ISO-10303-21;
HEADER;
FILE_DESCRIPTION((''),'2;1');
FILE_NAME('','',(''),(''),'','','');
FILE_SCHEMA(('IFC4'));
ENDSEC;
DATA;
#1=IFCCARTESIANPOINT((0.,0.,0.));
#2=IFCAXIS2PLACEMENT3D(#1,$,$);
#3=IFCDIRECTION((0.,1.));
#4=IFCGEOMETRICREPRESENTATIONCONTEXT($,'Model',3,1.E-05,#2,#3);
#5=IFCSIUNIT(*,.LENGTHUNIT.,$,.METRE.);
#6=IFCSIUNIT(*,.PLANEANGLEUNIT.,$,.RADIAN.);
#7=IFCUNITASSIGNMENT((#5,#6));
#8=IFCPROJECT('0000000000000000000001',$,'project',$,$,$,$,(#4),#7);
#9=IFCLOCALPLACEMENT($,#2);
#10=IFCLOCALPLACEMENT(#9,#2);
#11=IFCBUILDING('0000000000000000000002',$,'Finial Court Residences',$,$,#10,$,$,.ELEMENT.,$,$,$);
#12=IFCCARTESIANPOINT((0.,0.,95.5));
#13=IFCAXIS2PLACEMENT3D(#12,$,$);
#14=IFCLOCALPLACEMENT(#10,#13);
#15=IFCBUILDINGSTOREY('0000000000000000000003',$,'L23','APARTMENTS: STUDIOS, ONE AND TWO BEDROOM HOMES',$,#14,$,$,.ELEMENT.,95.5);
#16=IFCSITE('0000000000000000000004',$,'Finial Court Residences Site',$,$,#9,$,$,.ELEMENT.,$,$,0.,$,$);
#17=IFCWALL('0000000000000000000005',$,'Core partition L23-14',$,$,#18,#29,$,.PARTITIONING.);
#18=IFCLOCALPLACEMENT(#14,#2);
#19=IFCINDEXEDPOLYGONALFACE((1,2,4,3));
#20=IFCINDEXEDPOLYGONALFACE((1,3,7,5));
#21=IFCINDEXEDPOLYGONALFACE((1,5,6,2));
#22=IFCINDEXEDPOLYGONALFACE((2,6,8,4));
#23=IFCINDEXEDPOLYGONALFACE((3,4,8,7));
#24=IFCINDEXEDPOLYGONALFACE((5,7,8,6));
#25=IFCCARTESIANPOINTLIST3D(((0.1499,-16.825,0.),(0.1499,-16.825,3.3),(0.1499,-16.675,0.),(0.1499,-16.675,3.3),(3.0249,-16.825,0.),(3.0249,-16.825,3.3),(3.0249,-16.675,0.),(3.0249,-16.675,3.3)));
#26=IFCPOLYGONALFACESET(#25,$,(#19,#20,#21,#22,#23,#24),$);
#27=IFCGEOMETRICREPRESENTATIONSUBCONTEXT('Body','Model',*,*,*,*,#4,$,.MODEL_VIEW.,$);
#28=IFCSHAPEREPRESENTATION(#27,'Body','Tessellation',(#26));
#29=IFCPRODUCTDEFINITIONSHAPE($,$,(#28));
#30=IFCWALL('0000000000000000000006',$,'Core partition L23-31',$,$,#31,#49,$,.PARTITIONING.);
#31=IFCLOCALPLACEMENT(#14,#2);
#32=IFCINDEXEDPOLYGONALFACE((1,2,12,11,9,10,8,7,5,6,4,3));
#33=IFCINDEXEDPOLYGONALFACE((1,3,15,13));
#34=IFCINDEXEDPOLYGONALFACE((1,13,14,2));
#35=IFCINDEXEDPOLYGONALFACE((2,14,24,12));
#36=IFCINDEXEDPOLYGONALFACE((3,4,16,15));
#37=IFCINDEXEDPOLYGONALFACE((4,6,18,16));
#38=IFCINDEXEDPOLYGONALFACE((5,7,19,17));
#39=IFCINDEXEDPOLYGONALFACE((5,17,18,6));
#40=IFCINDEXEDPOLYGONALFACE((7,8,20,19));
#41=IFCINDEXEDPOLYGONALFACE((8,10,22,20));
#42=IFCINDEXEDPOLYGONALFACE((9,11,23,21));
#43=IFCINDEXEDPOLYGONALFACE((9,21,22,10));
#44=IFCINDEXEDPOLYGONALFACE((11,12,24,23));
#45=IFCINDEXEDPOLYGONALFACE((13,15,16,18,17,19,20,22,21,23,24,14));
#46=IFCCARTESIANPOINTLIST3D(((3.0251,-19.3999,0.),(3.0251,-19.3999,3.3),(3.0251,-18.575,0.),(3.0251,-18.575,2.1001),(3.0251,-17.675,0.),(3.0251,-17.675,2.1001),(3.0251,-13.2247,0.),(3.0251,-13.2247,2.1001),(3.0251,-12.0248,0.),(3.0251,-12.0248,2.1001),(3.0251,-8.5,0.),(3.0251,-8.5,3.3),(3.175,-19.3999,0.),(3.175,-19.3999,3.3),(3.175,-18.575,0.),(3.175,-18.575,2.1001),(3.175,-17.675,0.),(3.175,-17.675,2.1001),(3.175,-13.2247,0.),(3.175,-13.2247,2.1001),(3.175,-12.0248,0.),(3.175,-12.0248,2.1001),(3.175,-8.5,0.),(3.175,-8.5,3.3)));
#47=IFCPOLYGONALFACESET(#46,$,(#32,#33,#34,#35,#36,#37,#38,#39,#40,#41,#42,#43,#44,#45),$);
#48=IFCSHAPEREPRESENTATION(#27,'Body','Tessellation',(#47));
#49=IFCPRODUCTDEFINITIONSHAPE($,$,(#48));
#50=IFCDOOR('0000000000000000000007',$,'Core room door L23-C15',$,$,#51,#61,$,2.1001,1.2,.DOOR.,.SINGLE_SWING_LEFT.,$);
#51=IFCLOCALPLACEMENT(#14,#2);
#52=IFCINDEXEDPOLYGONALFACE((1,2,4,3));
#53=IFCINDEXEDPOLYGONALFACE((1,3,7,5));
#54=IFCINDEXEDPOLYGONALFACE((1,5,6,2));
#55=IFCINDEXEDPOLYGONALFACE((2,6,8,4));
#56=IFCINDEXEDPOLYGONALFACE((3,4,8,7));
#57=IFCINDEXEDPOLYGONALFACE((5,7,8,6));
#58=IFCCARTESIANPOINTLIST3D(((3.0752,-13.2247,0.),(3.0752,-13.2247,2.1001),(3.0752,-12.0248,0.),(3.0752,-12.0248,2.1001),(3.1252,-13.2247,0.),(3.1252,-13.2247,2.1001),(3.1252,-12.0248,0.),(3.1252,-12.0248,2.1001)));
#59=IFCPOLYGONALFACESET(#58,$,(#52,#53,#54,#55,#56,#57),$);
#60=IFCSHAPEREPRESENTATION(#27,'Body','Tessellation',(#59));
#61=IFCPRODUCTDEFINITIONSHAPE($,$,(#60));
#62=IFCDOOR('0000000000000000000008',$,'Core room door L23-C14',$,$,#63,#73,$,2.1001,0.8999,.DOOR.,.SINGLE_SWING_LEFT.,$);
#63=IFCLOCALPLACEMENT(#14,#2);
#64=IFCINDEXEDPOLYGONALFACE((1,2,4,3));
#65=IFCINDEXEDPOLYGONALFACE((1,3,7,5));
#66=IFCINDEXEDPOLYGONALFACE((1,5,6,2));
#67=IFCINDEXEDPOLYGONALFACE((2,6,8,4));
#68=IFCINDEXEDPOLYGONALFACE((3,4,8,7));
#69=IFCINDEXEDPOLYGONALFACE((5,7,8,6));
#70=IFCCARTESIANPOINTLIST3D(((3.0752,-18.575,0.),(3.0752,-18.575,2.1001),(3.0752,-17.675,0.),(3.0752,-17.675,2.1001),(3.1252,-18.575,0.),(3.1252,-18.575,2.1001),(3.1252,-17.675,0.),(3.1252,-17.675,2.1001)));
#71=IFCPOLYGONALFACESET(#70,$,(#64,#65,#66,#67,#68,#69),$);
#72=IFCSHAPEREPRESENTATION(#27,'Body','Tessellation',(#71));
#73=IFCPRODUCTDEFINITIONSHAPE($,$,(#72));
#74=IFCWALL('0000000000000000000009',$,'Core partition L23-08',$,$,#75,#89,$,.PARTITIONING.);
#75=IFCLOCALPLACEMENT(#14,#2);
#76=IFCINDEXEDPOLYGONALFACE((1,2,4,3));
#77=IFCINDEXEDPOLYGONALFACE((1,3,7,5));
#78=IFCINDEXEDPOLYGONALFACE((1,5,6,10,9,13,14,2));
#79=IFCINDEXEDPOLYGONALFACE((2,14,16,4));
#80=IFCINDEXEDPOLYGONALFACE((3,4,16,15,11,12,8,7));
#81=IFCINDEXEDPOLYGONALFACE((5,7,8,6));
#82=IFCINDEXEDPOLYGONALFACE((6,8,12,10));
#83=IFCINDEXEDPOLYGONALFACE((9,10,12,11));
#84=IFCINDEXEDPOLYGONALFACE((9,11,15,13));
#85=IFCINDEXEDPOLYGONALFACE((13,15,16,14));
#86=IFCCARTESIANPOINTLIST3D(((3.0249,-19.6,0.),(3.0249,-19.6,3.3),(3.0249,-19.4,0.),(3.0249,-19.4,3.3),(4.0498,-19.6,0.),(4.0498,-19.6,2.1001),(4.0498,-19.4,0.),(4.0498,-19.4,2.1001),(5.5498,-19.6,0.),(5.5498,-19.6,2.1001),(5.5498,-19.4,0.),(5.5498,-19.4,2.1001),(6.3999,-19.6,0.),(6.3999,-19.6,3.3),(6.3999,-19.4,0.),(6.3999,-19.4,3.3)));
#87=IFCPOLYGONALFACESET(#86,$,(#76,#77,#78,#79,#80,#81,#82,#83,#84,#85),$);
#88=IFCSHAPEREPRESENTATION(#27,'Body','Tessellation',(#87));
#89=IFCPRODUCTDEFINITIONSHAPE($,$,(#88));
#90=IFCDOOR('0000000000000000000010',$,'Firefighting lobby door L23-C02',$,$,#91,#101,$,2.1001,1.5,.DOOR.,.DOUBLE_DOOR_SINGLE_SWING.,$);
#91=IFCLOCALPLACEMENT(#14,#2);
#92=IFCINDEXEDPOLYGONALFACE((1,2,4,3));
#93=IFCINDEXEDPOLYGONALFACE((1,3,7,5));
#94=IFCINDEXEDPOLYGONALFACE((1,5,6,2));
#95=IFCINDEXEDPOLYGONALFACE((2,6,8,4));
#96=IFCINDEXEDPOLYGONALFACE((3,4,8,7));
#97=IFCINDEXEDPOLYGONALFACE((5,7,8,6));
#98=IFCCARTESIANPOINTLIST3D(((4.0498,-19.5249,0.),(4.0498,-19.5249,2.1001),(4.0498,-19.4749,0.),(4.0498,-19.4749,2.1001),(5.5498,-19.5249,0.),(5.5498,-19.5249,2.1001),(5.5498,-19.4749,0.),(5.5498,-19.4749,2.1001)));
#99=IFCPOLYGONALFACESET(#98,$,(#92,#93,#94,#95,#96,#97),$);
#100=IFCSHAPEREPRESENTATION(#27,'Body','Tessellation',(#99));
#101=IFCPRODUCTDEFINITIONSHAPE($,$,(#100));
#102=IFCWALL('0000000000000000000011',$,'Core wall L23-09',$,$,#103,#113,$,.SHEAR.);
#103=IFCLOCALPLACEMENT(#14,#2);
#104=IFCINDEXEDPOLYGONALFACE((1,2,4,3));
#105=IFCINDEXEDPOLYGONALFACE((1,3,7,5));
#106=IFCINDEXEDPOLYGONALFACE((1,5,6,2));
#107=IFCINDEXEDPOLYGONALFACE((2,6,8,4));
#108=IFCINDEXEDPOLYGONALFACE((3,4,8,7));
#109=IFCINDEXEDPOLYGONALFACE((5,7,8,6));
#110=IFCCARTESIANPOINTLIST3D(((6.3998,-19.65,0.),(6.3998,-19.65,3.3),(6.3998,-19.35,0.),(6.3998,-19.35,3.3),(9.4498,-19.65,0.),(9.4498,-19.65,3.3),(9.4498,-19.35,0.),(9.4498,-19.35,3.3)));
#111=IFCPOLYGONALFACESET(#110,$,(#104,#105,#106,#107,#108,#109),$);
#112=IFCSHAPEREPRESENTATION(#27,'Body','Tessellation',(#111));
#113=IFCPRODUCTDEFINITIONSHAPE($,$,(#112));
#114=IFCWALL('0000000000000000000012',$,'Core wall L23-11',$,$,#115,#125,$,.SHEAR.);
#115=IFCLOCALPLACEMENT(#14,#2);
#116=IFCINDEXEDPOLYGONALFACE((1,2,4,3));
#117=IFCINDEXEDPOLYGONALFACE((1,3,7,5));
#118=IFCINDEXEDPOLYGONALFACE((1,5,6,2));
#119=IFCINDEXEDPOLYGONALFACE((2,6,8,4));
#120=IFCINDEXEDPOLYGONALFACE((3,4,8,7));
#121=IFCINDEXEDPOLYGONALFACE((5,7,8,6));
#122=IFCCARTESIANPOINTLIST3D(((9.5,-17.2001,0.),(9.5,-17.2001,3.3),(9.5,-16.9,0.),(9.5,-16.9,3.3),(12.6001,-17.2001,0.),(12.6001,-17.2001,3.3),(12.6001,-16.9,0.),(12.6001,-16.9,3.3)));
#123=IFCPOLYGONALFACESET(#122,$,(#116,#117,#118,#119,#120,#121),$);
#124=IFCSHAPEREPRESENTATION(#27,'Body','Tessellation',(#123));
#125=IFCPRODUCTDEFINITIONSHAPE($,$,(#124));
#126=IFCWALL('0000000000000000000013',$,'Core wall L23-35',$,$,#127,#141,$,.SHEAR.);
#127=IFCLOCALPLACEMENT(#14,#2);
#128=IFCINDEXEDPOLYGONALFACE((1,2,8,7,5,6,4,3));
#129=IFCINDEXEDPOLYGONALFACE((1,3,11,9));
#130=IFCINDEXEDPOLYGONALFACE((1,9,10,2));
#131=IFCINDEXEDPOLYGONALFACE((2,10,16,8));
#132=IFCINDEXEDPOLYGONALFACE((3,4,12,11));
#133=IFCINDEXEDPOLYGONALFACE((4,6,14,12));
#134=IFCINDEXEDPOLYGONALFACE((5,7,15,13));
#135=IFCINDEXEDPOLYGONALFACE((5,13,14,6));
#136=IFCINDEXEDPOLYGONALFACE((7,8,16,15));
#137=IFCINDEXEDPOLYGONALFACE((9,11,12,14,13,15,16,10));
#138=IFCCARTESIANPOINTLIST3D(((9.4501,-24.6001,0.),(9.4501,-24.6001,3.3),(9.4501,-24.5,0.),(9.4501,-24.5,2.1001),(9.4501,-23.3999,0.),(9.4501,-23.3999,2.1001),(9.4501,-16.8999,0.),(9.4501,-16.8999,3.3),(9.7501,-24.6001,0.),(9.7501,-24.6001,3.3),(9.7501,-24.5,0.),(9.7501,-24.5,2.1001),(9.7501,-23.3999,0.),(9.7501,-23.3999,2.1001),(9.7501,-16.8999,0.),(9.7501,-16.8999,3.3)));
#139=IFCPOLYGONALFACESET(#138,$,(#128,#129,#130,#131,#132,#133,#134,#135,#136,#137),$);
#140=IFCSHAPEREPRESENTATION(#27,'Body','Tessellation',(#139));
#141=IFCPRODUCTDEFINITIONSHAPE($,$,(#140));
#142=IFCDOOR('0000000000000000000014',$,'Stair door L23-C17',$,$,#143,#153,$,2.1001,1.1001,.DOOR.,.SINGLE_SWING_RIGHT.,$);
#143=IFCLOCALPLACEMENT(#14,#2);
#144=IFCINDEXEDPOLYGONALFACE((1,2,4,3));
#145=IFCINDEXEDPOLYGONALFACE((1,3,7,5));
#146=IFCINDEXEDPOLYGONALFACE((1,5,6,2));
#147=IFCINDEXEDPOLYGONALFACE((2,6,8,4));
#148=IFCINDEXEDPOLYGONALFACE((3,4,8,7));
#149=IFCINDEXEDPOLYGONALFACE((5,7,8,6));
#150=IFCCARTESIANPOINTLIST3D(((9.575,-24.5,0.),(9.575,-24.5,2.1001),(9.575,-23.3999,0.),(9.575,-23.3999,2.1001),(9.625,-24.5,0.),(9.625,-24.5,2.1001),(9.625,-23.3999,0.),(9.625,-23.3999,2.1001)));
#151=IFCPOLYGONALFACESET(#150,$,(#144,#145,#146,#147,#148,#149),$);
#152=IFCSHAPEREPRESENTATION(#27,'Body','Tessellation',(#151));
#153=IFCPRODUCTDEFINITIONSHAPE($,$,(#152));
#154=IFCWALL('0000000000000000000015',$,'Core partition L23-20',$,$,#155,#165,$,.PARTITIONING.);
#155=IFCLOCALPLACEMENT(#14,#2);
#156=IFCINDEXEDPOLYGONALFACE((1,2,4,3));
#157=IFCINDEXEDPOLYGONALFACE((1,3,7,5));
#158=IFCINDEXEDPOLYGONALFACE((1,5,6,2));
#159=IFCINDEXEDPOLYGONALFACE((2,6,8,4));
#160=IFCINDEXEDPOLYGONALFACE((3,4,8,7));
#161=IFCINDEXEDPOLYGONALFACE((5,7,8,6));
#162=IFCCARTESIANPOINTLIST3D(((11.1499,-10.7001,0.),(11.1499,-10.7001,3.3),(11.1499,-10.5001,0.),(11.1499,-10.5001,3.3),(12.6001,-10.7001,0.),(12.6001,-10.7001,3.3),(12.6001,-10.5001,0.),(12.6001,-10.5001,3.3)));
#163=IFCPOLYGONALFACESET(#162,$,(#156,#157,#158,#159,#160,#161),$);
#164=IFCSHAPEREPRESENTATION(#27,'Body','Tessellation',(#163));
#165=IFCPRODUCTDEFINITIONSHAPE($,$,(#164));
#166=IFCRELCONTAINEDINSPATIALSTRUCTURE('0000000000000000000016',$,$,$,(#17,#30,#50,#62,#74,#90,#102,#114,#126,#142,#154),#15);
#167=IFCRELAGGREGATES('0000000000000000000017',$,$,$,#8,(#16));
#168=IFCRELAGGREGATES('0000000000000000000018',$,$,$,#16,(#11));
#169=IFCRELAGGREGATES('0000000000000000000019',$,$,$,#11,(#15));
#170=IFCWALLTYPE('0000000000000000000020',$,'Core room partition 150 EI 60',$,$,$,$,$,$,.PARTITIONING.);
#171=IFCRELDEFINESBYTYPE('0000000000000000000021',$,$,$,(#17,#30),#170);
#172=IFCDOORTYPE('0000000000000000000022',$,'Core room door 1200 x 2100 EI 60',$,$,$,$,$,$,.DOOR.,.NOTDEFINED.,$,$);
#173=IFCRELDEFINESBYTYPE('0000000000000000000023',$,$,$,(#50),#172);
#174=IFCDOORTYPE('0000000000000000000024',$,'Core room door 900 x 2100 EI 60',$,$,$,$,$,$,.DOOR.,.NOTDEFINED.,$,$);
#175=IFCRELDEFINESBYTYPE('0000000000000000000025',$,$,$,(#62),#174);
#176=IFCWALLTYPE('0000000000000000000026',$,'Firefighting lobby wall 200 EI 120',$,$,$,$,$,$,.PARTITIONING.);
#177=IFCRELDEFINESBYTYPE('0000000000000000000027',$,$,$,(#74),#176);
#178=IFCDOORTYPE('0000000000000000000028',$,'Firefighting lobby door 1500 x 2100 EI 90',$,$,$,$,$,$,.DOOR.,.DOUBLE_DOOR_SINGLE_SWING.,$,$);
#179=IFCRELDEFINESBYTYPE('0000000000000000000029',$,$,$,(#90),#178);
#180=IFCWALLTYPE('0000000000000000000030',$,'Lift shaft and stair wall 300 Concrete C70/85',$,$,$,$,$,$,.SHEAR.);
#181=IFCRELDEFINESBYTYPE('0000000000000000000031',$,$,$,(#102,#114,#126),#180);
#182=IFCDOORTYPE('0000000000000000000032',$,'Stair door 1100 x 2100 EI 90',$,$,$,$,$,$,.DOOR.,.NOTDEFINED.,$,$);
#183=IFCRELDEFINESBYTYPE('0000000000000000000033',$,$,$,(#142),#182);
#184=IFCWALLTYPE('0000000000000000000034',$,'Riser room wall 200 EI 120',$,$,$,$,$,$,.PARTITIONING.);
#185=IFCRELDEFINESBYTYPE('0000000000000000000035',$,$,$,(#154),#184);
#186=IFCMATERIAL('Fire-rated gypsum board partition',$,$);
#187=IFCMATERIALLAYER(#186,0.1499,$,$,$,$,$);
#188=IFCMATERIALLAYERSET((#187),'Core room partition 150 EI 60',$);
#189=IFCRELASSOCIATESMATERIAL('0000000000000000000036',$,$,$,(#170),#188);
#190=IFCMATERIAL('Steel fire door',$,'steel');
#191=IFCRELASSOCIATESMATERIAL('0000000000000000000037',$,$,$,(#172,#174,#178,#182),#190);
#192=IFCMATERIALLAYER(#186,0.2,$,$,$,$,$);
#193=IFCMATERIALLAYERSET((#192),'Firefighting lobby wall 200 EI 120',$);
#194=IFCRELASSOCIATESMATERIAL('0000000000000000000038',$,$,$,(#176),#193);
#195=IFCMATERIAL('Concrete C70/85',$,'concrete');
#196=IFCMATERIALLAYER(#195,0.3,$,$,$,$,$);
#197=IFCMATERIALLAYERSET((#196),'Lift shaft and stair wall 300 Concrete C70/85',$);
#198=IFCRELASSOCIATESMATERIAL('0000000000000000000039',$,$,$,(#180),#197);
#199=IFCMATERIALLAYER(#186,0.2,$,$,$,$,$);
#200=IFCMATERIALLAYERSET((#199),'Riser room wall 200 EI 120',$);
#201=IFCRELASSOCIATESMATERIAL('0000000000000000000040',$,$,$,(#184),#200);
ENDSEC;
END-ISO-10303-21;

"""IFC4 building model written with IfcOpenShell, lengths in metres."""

from ifc_helpers import new_model, si_unit, direction, frame, frame_2d, origin, place, context, subcontext, project, spatial, rectangle, extrude, material, layer, layer_set, type_object, element, fill, save


model = new_model("IFC4")

# Units and contexts
model_context = context("Model", 3, precision=1e-05, world=origin(), true_north=direction((0.0, 1.0)))
body_context = subcontext(model_context, "Body", "Model", "MODEL_VIEW")
ifc_project = project(units=[si_unit("LENGTHUNIT", "METRE"), si_unit("PLANEANGLEUNIT", "RADIAN")], contexts=[model_context])

# Site, building, storey
site_placement = place(None, origin())
site = spatial("IfcSite", under=ifc_project, at=site_placement, Name="Finial Court Residences Site", CompositionType="ELEMENT", RefElevation=0.0)
building_placement = place(site_placement, origin())
building = spatial("IfcBuilding", under=site, at=building_placement, Name="Finial Court Residences", CompositionType="ELEMENT")
storey_placement = place(building_placement, frame((0.0, 0.0, 95.5)))
storey = spatial("IfcBuildingStorey", under=building, at=storey_placement, Name="L23", Description="APARTMENTS: STUDIOS, ONE AND TWO BEDROOM HOMES", CompositionType="ELEMENT", Elevation=95.5)

# Wall
ifc_material_1 = material(Name="Fire-rated gypsum board partition")
ifc_layer_1 = layer(ifc_material_1, 0.1499)
ifc_layer_set_1 = layer_set([ifc_layer_1], Name="Core room partition 150 EI 60")
wall_type_1 = type_object("IfcWallType", Name="Core room partition 150 EI 60", PredefinedType="PARTITIONING", material=ifc_layer_set_1)
wall_1_placement = place(storey_placement, frame((0.1499, -16.75, 0.0), z_axis=(0.0, 0.0, 1.0), x_axis=(1.0, 0.0, 0.0)))
element("IfcWall", 1, at=wall_1_placement, inside=storey, type_object=wall_type_1, Name="Core partition L23-14", PredefinedType="PARTITIONING", context=body_context, shape_type="SweptSolid", body=[
    extrude(rectangle(XDim=2.875, YDim=0.1499, at=frame_2d((1.4375, 0.0))), origin(), (0.0, 0.0, 1.0), 3.3),
])

# Wall, openings, doors
wall_2_placement = place(storey_placement, frame((3.1001, -19.3999, 0.0), z_axis=(0.0, 0.0, 1.0), x_axis=(0.0, 1.0, 0.0)))
wall_2 = element("IfcWall", 2, at=wall_2_placement, inside=storey, type_object=wall_type_1, Name="Core partition L23-31", PredefinedType="PARTITIONING", context=body_context, shape_type="SweptSolid", body=[
    extrude(rectangle(XDim=10.8999, YDim=0.1499, at=frame_2d((5.45, 0.0))), origin(), (0.0, 0.0, 1.0), 3.3),
])
opening_1_placement = place(wall_2_placement, frame((0.825, 0.0, 0.0)))
opening_1 = element("IfcOpeningElement", 3, at=opening_1_placement, cuts=wall_2, PredefinedType="OPENING", context=body_context, shape_type="SweptSolid", body=[
    extrude(rectangle(XDim=0.8999, YDim=2.1001, at=frame_2d((0.45, 1.05))), frame((0.0, 0.085, 0.0), z_axis=(0.0, -1.0, 0.0), x_axis=(1.0, 0.0, 0.0)), (0.0, 0.0, 1.0), 0.1699),
])
opening_2_placement = place(wall_2_placement, frame((6.175, 0.0, 0.0)))
opening_2 = element("IfcOpeningElement", 4, at=opening_2_placement, cuts=wall_2, PredefinedType="OPENING", context=body_context, shape_type="SweptSolid", body=[
    extrude(rectangle(XDim=1.2, YDim=2.1001, at=frame_2d((0.6001, 1.05))), frame((0.0, 0.085, 0.0), z_axis=(0.0, -1.0, 0.0), x_axis=(1.0, 0.0, 0.0)), (0.0, 0.0, 1.0), 0.1699),
])
ifc_material_2 = material(Name="Steel fire door", Category="steel")
door_type_1 = type_object("IfcDoorType", Name="Core room door 1200 x 2100 EI 60", OperationType="NOTDEFINED", PredefinedType="DOOR", material=ifc_material_2)
door_1_placement = place(opening_2_placement, origin())
door_1 = element("IfcDoor", 5, at=door_1_placement, inside=storey, type_object=door_type_1, Name="Core room door L23-C15", OperationType="SINGLE_SWING_LEFT", OverallHeight=2.1001, OverallWidth=1.2, PredefinedType="DOOR", context=body_context, shape_type="SweptSolid", body=[
    extrude(rectangle(XDim=1.2, YDim=2.1001, at=frame_2d((0.6001, 1.05))), frame((0.0, 0.0249, 0.0), z_axis=(0.0, -1.0, 0.0), x_axis=(1.0, 0.0, 0.0)), (0.0, 0.0, 1.0), 0.05),
])
fill(opening_2, door_1)
door_type_2 = type_object("IfcDoorType", Name="Core room door 900 x 2100 EI 60", OperationType="NOTDEFINED", PredefinedType="DOOR", material=ifc_material_2)
door_2_placement = place(opening_1_placement, origin())
door_2 = element("IfcDoor", 6, at=door_2_placement, inside=storey, type_object=door_type_2, Name="Core room door L23-C14", OperationType="SINGLE_SWING_LEFT", OverallHeight=2.1001, OverallWidth=0.8999, PredefinedType="DOOR", context=body_context, shape_type="SweptSolid", body=[
    extrude(rectangle(XDim=0.8999, YDim=2.1001, at=frame_2d((0.45, 1.05))), frame((0.0, 0.0249, 0.0), z_axis=(0.0, -1.0, 0.0), x_axis=(1.0, 0.0, 0.0)), (0.0, 0.0, 1.0), 0.05),
])
fill(opening_1, door_2)

# Wall, opening, door
ifc_layer_2 = layer(ifc_material_1, 0.2)
ifc_layer_set_2 = layer_set([ifc_layer_2], Name="Firefighting lobby wall 200 EI 120")
wall_type_2 = type_object("IfcWallType", Name="Firefighting lobby wall 200 EI 120", PredefinedType="PARTITIONING", material=ifc_layer_set_2)
wall_3_placement = place(storey_placement, frame((6.3999, -19.5, 0.0), z_axis=(0.0, 0.0, 1.0), x_axis=(-1.0, 0.0, 0.0)))
wall_3 = element("IfcWall", 7, at=wall_3_placement, inside=storey, type_object=wall_type_2, Name="Core partition L23-08", PredefinedType="PARTITIONING", context=body_context, shape_type="SweptSolid", body=[
    extrude(rectangle(XDim=3.375, YDim=0.2, at=frame_2d((1.6875, 0.0))), origin(), (0.0, 0.0, 1.0), 3.3),
])
opening_3_placement = place(wall_3_placement, frame((0.8501, 0.0, 0.0)))
opening_3 = element("IfcOpeningElement", 8, at=opening_3_placement, cuts=wall_3, PredefinedType="OPENING", context=body_context, shape_type="SweptSolid", body=[
    extrude(rectangle(XDim=1.5, YDim=2.1001, at=frame_2d((0.75, 1.05))), frame((0.0, 0.1099, 0.0), z_axis=(0.0, -1.0, 0.0), x_axis=(1.0, 0.0, 0.0)), (0.0, 0.0, 1.0), 0.22),
])
door_type_3 = type_object("IfcDoorType", Name="Firefighting lobby door 1500 x 2100 EI 90", OperationType="DOUBLE_DOOR_SINGLE_SWING", PredefinedType="DOOR", material=ifc_material_2)
door_3_placement = place(opening_3_placement, origin())
door_3 = element("IfcDoor", 9, at=door_3_placement, inside=storey, type_object=door_type_3, Name="Firefighting lobby door L23-C02", OperationType="DOUBLE_DOOR_SINGLE_SWING", OverallHeight=2.1001, OverallWidth=1.5, PredefinedType="DOOR", context=body_context, shape_type="SweptSolid", body=[
    extrude(rectangle(XDim=1.5, YDim=2.1001, at=frame_2d((0.75, 1.05))), frame((0.0, 0.0249, 0.0), z_axis=(0.0, -1.0, 0.0), x_axis=(1.0, 0.0, 0.0)), (0.0, 0.0, 1.0), 0.05),
])
fill(opening_3, door_3)

# Walls
ifc_material_3 = material(Name="Concrete C70/85", Category="concrete")
ifc_layer_3 = layer(ifc_material_3, 0.3)
ifc_layer_set_3 = layer_set([ifc_layer_3], Name="Lift shaft and stair wall 300 Concrete C70/85")
wall_type_3 = type_object("IfcWallType", Name="Lift shaft and stair wall 300 Concrete C70/85", PredefinedType="SHEAR", material=ifc_layer_set_3)
wall_4_placement = place(storey_placement, frame((6.3999, -19.5, 0.0), z_axis=(0.0, 0.0, 1.0), x_axis=(1.0, 0.0, 0.0)))
element("IfcWall", 10, at=wall_4_placement, inside=storey, type_object=wall_type_3, Name="Core wall L23-09", PredefinedType="SHEAR", context=body_context, shape_type="SweptSolid", body=[
    extrude(rectangle(XDim=3.05, YDim=0.3, at=frame_2d((1.5249, 0.0))), origin(), (0.0, 0.0, 1.0), 3.3),
])
wall_5_placement = place(storey_placement, frame((9.5, -17.05, 0.0), z_axis=(0.0, 0.0, 1.0), x_axis=(1.0, 0.0, 0.0)))
element("IfcWall", 11, at=wall_5_placement, inside=storey, type_object=wall_type_3, Name="Core wall L23-11", PredefinedType="SHEAR", context=body_context, shape_type="SweptSolid", body=[
    extrude(rectangle(XDim=3.1001, YDim=0.3, at=frame_2d((1.55, 0.0))), origin(), (0.0, 0.0, 1.0), 3.3),
])

# Wall, opening, door
wall_6_placement = place(storey_placement, frame((9.6001, -16.8999, 0.0), z_axis=(0.0, 0.0, 1.0), x_axis=(0.0, -1.0, 0.0)))
wall_6 = element("IfcWall", 12, at=wall_6_placement, inside=storey, type_object=wall_type_3, Name="Core wall L23-35", PredefinedType="SHEAR", context=body_context, shape_type="SweptSolid", body=[
    extrude(rectangle(XDim=7.7002, YDim=0.3, at=frame_2d((3.8501, 0.0))), origin(), (0.0, 0.0, 1.0), 3.3),
])
opening_4_placement = place(wall_6_placement, frame((6.5, 0.0, 0.0)))
opening_4 = element("IfcOpeningElement", 13, at=opening_4_placement, cuts=wall_6, PredefinedType="OPENING", context=body_context, shape_type="SweptSolid", body=[
    extrude(rectangle(XDim=1.1001, YDim=2.1001, at=frame_2d((0.55, 1.05))), frame((0.0, 0.1599, 0.0), z_axis=(0.0, -1.0, 0.0), x_axis=(1.0, 0.0, 0.0)), (0.0, 0.0, 1.0), 0.3201),
])
door_type_4 = type_object("IfcDoorType", Name="Stair door 1100 x 2100 EI 90", OperationType="NOTDEFINED", PredefinedType="DOOR", material=ifc_material_2)
door_4_placement = place(opening_4_placement, origin())
door_4 = element("IfcDoor", 14, at=door_4_placement, inside=storey, type_object=door_type_4, Name="Stair door L23-C17", OperationType="SINGLE_SWING_RIGHT", OverallHeight=2.1001, OverallWidth=1.1001, PredefinedType="DOOR", context=body_context, shape_type="SweptSolid", body=[
    extrude(rectangle(XDim=1.1001, YDim=2.1001, at=frame_2d((0.55, 1.05))), frame((0.0, 0.0249, 0.0), z_axis=(0.0, -1.0, 0.0), x_axis=(1.0, 0.0, 0.0)), (0.0, 0.0, 1.0), 0.05),
])
fill(opening_4, door_4)

# Wall
ifc_layer_4 = layer(ifc_material_1, 0.2)
ifc_layer_set_4 = layer_set([ifc_layer_4], Name="Riser room wall 200 EI 120")
wall_type_4 = type_object("IfcWallType", Name="Riser room wall 200 EI 120", PredefinedType="PARTITIONING", material=ifc_layer_set_4)
wall_7_placement = place(storey_placement, frame((11.1499, -10.6001, 0.0), z_axis=(0.0, 0.0, 1.0), x_axis=(1.0, 0.0, 0.0)))
element("IfcWall", 15, at=wall_7_placement, inside=storey, type_object=wall_type_4, Name="Core partition L23-20", PredefinedType="PARTITIONING", context=body_context, shape_type="SweptSolid", body=[
    extrude(rectangle(XDim=1.4502, YDim=0.2, at=frame_2d((0.7251, 0.0))), origin(), (0.0, 0.0, 1.0), 3.3),
])

save(model, "model.ifc")
